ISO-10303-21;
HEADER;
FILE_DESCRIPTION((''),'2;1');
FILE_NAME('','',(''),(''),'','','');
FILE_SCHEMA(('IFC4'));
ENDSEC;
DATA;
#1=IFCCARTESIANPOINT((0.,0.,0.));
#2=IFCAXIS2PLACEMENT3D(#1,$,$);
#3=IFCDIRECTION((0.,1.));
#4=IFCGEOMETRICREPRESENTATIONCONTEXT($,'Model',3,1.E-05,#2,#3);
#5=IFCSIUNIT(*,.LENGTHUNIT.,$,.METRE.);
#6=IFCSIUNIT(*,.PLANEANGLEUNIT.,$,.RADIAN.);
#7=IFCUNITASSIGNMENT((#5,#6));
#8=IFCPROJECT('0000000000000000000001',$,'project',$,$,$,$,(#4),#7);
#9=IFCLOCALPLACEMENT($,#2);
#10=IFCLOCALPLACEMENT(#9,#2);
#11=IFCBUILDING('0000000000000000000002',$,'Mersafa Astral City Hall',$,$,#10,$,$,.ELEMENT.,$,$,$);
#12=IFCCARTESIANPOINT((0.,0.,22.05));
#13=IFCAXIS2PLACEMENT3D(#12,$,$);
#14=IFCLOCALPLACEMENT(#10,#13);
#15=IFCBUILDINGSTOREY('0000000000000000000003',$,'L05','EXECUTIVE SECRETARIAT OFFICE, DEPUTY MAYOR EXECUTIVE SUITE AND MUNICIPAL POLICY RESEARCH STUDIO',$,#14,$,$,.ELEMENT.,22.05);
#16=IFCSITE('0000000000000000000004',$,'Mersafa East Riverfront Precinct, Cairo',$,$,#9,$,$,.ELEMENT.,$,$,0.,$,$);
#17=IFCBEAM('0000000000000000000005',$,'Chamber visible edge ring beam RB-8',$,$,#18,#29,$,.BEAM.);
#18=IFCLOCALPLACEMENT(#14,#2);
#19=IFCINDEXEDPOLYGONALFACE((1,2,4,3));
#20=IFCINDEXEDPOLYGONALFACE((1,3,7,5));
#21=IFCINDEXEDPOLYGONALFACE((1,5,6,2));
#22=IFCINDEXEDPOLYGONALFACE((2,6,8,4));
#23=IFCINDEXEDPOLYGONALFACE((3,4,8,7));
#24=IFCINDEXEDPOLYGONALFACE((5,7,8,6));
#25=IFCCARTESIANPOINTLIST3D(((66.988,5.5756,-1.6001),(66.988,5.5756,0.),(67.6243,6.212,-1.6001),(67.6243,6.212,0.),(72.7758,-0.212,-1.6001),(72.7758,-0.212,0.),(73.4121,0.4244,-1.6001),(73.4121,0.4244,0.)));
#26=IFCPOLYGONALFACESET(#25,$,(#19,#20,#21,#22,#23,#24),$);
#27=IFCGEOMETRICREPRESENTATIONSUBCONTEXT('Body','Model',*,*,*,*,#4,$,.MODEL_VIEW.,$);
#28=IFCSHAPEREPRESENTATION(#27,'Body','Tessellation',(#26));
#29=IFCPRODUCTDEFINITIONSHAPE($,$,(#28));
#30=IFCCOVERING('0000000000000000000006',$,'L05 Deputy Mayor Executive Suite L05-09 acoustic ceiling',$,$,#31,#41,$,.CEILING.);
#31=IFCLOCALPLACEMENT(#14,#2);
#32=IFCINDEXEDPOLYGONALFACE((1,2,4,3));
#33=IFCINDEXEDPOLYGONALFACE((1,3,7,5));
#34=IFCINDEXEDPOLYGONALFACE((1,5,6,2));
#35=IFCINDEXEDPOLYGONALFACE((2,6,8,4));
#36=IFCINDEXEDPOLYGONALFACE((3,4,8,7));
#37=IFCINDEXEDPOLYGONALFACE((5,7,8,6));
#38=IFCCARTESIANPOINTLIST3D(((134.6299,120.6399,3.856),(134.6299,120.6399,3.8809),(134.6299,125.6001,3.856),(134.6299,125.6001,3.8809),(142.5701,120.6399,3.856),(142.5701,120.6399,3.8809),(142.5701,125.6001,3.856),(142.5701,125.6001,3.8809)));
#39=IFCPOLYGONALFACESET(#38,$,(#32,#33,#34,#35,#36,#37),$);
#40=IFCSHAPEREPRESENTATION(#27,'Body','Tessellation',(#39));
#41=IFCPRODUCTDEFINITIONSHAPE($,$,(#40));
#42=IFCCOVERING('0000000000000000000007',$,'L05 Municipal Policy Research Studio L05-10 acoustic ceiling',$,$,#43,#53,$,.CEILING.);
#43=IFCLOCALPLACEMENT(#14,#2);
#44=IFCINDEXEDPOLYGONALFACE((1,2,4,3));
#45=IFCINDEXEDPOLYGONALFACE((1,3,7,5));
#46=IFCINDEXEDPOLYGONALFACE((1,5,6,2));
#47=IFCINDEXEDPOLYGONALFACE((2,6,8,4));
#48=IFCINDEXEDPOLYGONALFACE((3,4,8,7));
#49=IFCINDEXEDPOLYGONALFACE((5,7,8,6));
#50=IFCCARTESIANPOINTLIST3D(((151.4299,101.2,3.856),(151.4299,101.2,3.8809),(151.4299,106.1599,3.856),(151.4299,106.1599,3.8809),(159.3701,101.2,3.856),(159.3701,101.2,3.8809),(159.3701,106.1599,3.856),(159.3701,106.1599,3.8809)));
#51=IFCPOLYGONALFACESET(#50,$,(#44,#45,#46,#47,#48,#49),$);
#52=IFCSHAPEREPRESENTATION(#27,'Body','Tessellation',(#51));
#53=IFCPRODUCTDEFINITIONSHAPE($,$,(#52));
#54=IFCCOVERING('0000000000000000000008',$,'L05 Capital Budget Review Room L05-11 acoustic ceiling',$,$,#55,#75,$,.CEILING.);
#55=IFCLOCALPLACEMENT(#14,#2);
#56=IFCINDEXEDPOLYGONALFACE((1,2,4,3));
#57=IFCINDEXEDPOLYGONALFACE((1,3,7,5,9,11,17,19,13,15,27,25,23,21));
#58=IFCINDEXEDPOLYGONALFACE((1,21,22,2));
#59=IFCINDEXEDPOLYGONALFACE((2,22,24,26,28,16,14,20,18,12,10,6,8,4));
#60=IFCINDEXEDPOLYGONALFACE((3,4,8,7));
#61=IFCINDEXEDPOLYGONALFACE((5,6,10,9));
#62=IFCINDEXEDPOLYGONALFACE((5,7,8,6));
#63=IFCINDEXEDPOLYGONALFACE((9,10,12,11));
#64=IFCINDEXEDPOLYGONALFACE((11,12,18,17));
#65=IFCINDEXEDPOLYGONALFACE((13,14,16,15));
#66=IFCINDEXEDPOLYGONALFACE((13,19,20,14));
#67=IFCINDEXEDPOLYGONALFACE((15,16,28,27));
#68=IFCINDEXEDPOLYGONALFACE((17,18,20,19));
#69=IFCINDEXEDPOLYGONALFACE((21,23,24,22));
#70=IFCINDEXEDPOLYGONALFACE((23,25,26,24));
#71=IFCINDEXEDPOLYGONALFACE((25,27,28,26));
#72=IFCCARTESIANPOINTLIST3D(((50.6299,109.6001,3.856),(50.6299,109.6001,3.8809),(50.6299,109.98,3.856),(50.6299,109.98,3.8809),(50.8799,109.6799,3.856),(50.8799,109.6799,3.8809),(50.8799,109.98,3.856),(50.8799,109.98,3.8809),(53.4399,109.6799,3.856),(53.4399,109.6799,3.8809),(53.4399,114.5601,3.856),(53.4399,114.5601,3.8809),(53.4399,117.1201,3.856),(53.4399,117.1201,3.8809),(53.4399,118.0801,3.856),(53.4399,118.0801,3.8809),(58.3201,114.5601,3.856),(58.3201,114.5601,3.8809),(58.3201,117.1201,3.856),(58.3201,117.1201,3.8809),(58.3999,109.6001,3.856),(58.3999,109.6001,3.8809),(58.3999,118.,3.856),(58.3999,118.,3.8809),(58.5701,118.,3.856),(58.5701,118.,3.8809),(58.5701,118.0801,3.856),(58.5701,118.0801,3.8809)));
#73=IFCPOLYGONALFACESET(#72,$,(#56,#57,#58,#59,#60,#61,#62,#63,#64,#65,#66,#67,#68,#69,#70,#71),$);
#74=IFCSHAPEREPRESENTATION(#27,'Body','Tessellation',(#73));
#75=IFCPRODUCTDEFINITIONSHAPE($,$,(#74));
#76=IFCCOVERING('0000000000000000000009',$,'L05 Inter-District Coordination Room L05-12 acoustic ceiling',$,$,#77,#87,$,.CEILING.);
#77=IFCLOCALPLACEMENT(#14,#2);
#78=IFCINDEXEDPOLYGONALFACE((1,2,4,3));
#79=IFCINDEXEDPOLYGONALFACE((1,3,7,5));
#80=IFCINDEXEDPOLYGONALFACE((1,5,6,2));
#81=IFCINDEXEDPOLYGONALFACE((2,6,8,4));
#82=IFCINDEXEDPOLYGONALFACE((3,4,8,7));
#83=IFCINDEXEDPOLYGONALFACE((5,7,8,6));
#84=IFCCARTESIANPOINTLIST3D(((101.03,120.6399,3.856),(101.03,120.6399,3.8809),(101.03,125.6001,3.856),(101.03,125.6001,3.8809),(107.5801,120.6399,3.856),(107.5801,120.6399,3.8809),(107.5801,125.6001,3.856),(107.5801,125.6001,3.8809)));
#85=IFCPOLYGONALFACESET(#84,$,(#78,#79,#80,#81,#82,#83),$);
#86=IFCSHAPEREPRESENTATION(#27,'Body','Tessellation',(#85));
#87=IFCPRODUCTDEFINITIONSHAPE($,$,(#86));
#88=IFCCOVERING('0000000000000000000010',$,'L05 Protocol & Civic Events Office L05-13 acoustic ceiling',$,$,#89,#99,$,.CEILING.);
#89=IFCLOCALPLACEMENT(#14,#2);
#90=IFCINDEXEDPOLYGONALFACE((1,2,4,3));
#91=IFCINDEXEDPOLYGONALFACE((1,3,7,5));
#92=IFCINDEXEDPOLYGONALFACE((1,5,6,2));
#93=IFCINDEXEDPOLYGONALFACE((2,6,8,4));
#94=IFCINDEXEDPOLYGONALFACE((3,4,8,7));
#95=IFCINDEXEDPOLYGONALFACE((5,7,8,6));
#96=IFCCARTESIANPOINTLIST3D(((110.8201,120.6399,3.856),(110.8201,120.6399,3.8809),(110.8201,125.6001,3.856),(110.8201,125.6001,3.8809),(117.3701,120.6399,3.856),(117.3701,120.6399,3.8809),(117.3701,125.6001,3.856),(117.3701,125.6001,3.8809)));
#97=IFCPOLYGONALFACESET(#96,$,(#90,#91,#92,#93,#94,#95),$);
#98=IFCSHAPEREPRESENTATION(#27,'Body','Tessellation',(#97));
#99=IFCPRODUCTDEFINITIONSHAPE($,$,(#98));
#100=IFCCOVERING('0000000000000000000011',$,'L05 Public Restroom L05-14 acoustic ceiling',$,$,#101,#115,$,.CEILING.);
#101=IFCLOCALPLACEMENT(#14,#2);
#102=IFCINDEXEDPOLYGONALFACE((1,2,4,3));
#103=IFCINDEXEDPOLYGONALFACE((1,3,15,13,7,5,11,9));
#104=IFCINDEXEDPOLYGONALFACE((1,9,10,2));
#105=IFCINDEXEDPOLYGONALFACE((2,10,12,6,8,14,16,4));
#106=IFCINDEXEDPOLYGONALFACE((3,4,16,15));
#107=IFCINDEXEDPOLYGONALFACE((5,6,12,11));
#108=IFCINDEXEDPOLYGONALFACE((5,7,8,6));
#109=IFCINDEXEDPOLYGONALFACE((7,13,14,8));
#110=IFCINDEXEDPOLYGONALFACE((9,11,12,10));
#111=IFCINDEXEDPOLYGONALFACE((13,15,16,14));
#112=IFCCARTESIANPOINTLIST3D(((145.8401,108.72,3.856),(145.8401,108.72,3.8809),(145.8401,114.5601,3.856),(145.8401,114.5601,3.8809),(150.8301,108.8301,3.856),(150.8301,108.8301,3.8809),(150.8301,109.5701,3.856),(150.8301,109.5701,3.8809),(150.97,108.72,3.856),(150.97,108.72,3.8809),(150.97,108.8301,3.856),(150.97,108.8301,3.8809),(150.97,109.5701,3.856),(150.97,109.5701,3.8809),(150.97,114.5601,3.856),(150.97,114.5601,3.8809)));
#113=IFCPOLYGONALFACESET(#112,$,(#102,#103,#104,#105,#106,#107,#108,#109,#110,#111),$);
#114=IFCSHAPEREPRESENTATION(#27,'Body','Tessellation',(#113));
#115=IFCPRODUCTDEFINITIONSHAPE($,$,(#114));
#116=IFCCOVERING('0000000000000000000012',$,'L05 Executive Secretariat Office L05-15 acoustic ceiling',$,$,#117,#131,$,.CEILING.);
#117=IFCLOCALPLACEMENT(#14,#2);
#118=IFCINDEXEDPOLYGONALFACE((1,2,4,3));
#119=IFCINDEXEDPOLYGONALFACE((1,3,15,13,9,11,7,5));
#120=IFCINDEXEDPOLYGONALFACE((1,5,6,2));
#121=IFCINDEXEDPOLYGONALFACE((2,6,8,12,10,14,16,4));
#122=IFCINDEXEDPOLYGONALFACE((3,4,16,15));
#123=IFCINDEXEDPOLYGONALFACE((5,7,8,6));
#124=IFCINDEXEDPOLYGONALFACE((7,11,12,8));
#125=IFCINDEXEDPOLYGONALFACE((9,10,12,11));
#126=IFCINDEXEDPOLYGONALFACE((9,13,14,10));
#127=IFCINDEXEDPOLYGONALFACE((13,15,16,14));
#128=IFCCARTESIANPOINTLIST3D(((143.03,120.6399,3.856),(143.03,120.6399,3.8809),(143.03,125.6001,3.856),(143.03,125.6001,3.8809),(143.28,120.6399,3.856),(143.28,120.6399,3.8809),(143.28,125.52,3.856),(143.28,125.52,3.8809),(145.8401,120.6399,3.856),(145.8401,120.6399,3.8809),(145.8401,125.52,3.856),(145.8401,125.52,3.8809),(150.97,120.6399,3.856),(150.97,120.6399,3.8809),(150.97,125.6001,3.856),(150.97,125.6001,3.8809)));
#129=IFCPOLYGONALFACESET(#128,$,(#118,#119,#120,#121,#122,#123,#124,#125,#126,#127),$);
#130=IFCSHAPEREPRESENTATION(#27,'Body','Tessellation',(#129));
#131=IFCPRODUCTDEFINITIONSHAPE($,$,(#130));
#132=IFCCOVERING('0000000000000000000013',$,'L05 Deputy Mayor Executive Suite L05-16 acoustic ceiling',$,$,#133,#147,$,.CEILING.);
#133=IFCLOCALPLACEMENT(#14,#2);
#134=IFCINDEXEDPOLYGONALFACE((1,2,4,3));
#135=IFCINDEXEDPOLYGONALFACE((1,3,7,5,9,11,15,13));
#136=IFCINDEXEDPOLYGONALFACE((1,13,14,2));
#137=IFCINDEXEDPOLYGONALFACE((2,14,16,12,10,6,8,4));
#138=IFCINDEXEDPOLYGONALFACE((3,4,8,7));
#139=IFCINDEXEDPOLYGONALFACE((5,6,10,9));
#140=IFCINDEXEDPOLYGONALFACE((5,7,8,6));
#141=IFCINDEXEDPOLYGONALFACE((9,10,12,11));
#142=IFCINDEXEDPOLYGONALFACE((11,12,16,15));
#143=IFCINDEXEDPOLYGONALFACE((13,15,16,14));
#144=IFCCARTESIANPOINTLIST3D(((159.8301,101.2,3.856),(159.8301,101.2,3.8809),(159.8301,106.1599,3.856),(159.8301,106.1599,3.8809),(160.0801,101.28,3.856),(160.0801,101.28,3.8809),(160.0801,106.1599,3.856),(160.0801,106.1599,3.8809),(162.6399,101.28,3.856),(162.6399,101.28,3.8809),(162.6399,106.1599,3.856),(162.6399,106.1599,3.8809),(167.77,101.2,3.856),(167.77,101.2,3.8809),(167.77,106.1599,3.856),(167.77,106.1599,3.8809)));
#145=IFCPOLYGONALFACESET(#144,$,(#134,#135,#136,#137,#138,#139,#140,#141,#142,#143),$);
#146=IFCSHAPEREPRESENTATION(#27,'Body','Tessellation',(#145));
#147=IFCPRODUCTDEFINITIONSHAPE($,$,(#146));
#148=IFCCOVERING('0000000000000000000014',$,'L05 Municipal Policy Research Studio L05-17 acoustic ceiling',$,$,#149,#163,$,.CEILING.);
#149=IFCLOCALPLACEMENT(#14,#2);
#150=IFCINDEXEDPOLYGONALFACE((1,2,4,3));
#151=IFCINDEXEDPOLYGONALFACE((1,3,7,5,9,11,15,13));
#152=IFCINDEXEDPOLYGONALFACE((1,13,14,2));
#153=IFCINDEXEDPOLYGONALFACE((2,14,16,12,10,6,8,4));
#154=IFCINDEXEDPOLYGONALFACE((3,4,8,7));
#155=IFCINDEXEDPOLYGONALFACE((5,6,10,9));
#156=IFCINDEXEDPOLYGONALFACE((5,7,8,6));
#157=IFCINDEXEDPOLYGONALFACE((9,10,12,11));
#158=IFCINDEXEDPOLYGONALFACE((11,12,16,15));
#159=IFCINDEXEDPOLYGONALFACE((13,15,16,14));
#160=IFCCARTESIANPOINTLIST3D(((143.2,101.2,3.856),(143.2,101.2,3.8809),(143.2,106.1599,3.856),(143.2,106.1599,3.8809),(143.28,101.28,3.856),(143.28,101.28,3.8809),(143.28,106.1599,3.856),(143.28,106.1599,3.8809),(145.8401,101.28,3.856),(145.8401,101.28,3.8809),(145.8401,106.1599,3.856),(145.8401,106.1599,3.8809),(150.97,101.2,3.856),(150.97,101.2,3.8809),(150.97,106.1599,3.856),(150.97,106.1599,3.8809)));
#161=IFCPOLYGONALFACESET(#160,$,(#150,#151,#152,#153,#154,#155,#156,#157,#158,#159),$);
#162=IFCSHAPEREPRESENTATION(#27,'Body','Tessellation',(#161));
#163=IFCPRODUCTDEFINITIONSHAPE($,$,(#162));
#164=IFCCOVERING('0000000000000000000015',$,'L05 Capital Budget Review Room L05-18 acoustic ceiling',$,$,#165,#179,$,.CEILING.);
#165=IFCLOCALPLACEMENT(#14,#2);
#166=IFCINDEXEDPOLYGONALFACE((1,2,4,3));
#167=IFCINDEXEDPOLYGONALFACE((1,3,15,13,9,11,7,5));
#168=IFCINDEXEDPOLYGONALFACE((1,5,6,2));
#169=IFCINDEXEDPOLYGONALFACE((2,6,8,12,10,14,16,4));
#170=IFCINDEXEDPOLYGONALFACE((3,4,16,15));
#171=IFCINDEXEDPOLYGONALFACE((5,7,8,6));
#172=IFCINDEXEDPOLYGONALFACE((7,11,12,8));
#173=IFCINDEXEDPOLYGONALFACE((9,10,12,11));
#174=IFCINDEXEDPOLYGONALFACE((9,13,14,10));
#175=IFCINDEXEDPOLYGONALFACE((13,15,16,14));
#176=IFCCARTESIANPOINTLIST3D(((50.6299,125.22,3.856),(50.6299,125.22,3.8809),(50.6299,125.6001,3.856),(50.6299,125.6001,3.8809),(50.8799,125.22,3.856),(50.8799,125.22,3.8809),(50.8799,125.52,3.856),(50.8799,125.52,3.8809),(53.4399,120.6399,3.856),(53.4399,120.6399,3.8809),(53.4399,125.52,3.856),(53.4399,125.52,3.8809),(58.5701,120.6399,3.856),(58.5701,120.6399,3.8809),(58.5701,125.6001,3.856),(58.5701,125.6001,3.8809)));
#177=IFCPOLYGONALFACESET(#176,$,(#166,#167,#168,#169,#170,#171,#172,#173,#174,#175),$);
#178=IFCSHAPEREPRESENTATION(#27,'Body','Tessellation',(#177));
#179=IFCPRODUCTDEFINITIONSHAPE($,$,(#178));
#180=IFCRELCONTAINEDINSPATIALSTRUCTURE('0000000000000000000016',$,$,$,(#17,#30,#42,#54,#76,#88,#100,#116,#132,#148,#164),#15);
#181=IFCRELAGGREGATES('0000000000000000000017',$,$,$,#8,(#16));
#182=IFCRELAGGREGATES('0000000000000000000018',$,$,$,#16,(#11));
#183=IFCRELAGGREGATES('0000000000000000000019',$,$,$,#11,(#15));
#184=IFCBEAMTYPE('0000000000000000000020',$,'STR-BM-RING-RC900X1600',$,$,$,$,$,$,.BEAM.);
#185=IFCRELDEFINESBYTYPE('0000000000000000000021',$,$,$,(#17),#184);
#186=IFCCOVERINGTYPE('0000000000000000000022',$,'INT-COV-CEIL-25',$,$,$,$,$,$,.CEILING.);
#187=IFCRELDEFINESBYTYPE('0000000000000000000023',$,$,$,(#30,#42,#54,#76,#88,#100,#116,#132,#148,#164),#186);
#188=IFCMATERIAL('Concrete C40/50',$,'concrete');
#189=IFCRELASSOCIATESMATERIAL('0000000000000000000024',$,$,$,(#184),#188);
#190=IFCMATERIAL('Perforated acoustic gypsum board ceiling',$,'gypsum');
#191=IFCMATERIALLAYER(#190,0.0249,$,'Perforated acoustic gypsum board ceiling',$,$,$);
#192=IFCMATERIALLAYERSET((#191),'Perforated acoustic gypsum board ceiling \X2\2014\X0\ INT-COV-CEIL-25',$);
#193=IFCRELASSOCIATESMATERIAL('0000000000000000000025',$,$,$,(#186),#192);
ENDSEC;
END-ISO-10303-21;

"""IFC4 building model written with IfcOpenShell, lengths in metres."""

from ifc_helpers import new_model, si_unit, direction, frame, origin, origin_2d, place, context, subcontext, project, spatial, polyline, rectangle, outline, extrude, material, layer, layer_set, material_profile, profile_set, type_object, element, save


model = new_model("IFC4")

# Units and contexts
model_context = context("Model", 3, precision=1e-05, world=origin(), true_north=direction((0.0, 1.0)))
body_context = subcontext(model_context, "Body", "Model", "MODEL_VIEW")
ifc_project = project(units=[si_unit("LENGTHUNIT", "METRE"), si_unit("PLANEANGLEUNIT", "RADIAN")], contexts=[model_context])

# Site, building, storey
site_placement = place(None, origin())
site = spatial("IfcSite", under=ifc_project, at=site_placement, Name="Mersafa East Riverfront Precinct, Cairo", CompositionType="ELEMENT", RefElevation=0.0)
building_placement = place(site_placement, origin())
building = spatial("IfcBuilding", under=site, at=building_placement, Name="Mersafa Astral City Hall", CompositionType="ELEMENT")
storey_placement = place(building_placement, frame((0.0, 0.0, 22.05)))
storey = spatial("IfcBuildingStorey", under=building, at=storey_placement, Name="L05", Description="EXECUTIVE SECRETARIAT OFFICE, DEPUTY MAYOR EXECUTIVE SUITE AND MUNICIPAL POLICY RESEARCH STUDIO", CompositionType="ELEMENT", Elevation=22.05)

# Beam
ifc_material_1 = material(Name="Concrete C40/50", Category="concrete")
ifc_material_profile = material_profile(ifc_material_1, rectangle(XDim=0.8999, YDim=1.6001, at=origin_2d()), Name="RC 900x1600")
ifc_profile_set = profile_set([ifc_material_profile], Name="Concrete C40/50")
beam_type = type_object("IfcBeamType", Name="STR-BM-RING-RC900X1600", PredefinedType="BEAM", material=ifc_profile_set)
beam_placement = place(storey_placement, frame((67.3062, 5.8938, -0.8), z_axis=(0.707122, -0.707092, 0.0), x_axis=(0.707092, 0.707122, 0.0)))
element("IfcBeam", 1, at=beam_placement, inside=storey, type_object=beam_type, Name="Chamber visible edge ring beam RB-8", PredefinedType="BEAM", context=body_context, shape_type="SweptSolid", body=[
    extrude(rectangle(XDim=0.8999, YDim=1.6001, at=origin_2d()), origin(), (0.0, 0.0, 1.0), 8.1851),
])

# Coverings
ifc_material_2 = material(Name="Perforated acoustic gypsum board ceiling", Category="gypsum")
ifc_layer_1 = layer(ifc_material_2, 0.0249, Name="Perforated acoustic gypsum board ceiling")
ifc_layer_set_1 = layer_set([ifc_layer_1], Name="Perforated acoustic gypsum board ceiling — INT-COV-CEIL-25")
covering_type_1 = type_object("IfcCoveringType", Name="INT-COV-CEIL-25", PredefinedType="CEILING", material=ifc_layer_set_1)
covering_1_placement = place(storey_placement, frame((0.0, 0.0, 3.856)))
element("IfcCovering", 2, at=covering_1_placement, inside=storey, type_object=covering_type_1, Name="L05 Deputy Mayor Executive Suite L05-09 acoustic ceiling", PredefinedType="CEILING", context=body_context, shape_type="SweptSolid", body=[
    extrude(outline(polyline([(142.5701, 125.6001), (142.5701, 120.6399), (134.6299, 120.6399), (134.6299, 125.6001), (142.5701, 125.6001)])), origin(), (0.0, 0.0, 1.0), 0.0249),
])
covering_2_placement = place(storey_placement, frame((0.0, 0.0, 3.856)))
element("IfcCovering", 3, at=covering_2_placement, inside=storey, type_object=covering_type_1, Name="L05 Municipal Policy Research Studio L05-10 acoustic ceiling", PredefinedType="CEILING", context=body_context, shape_type="SweptSolid", body=[
    extrude(outline(polyline([(159.3701, 106.1599), (159.3701, 101.2), (151.4299, 101.2), (151.4299, 106.1599), (159.3701, 106.1599)])), origin(), (0.0, 0.0, 1.0), 0.0249),
])
covering_3_placement = place(storey_placement, frame((0.0, 0.0, 3.856)))
element("IfcCovering", 4, at=covering_3_placement, inside=storey, type_object=covering_type_1, Name="L05 Capital Budget Review Room L05-11 acoustic ceiling", PredefinedType="CEILING", context=body_context, shape_type="SweptSolid", body=[
    extrude(outline(polyline([(50.6299, 109.98), (50.8799, 109.98), (50.8799, 109.6799), (53.4399, 109.6799), (53.4399, 114.5601), (58.3201, 114.5601), (58.3201, 117.1201), (53.4399, 117.1201), (53.4399, 118.0801), (58.5701, 118.0801), (58.5701, 118.0), (58.3999, 118.0), (58.3999, 109.6001), (50.6299, 109.6001), (50.6299, 109.98)])), origin(), (0.0, 0.0, 1.0), 0.0249),
])
covering_4_placement = place(storey_placement, frame((0.0, 0.0, 3.856)))
element("IfcCovering", 5, at=covering_4_placement, inside=storey, type_object=covering_type_1, Name="L05 Inter-District Coordination Room L05-12 acoustic ceiling", PredefinedType="CEILING", context=body_context, shape_type="SweptSolid", body=[
    extrude(outline(polyline([(101.03, 120.6399), (101.03, 125.6001), (107.5801, 125.6001), (107.5801, 120.6399), (101.03, 120.6399)])), origin(), (0.0, 0.0, 1.0), 0.0249),
])
covering_5_placement = place(storey_placement, frame((0.0, 0.0, 3.856)))
element("IfcCovering", 6, at=covering_5_placement, inside=storey, type_object=covering_type_1, Name="L05 Protocol & Civic Events Office L05-13 acoustic ceiling", PredefinedType="CEILING", context=body_context, shape_type="SweptSolid", body=[
    extrude(outline(polyline([(117.3701, 125.6001), (117.3701, 120.6399), (110.8201, 120.6399), (110.8201, 125.6001), (117.3701, 125.6001)])), origin(), (0.0, 0.0, 1.0), 0.0249),
])
covering_6_placement = place(storey_placement, frame((0.0, 0.0, 3.856)))
element("IfcCovering", 7, at=covering_6_placement, inside=storey, type_object=covering_type_1, Name="L05 Public Restroom L05-14 acoustic ceiling", PredefinedType="CEILING", context=body_context, shape_type="SweptSolid", body=[
    extrude(outline(polyline([(150.97, 114.5601), (150.97, 109.5701), (150.8301, 109.5701), (150.8301, 108.8301), (150.97, 108.8301), (150.97, 108.72), (145.8401, 108.72), (145.8401, 114.5601), (150.97, 114.5601)])), origin(), (0.0, 0.0, 1.0), 0.0249),
])
covering_7_placement = place(storey_placement, frame((0.0, 0.0, 3.856)))
element("IfcCovering", 8, at=covering_7_placement, inside=storey, type_object=covering_type_1, Name="L05 Executive Secretariat Office L05-15 acoustic ceiling", PredefinedType="CEILING", context=body_context, shape_type="SweptSolid", body=[
    extrude(outline(polyline([(143.28, 125.52), (143.28, 120.6399), (143.03, 120.6399), (143.03, 125.6001), (150.97, 125.6001), (150.97, 120.6399), (145.8401, 120.6399), (145.8401, 125.52), (143.28, 125.52)])), origin(), (0.0, 0.0, 1.0), 0.0249),
])
covering_8_placement = place(storey_placement, frame((0.0, 0.0, 3.856)))
element("IfcCovering", 9, at=covering_8_placement, inside=storey, type_object=covering_type_1, Name="L05 Deputy Mayor Executive Suite L05-16 acoustic ceiling", PredefinedType="CEILING", context=body_context, shape_type="SweptSolid", body=[
    extrude(outline(polyline([(160.0801, 106.1599), (160.0801, 101.28), (162.6399, 101.28), (162.6399, 106.1599), (167.77, 106.1599), (167.77, 101.2), (159.8301, 101.2), (159.8301, 106.1599), (160.0801, 106.1599)])), origin(), (0.0, 0.0, 1.0), 0.0249),
])
covering_9_placement = place(storey_placement, frame((0.0, 0.0, 3.856)))
element("IfcCovering", 10, at=covering_9_placement, inside=storey, type_object=covering_type_1, Name="L05 Municipal Policy Research Studio L05-17 acoustic ceiling", PredefinedType="CEILING", context=body_context, shape_type="SweptSolid", body=[
    extrude(outline(polyline([(143.28, 106.1599), (143.28, 101.28), (145.8401, 101.28), (145.8401, 106.1599), (150.97, 106.1599), (150.97, 101.2), (143.2, 101.2), (143.2, 106.1599), (143.28, 106.1599)])), origin(), (0.0, 0.0, 1.0), 0.0249),
])
covering_10_placement = place(storey_placement, frame((0.0, 0.0, 3.856)))
element("IfcCovering", 11, at=covering_10_placement, inside=storey, type_object=covering_type_1, Name="L05 Capital Budget Review Room L05-18 acoustic ceiling", PredefinedType="CEILING", context=body_context, shape_type="SweptSolid", body=[
    extrude(outline(polyline([(53.4399, 120.6399), (53.4399, 125.52), (50.8799, 125.52), (50.8799, 125.22), (50.6299, 125.22), (50.6299, 125.6001), (58.5701, 125.6001), (58.5701, 120.6399), (53.4399, 120.6399)])), origin(), (0.0, 0.0, 1.0), 0.0249),
])

save(model, "model.ifc")
